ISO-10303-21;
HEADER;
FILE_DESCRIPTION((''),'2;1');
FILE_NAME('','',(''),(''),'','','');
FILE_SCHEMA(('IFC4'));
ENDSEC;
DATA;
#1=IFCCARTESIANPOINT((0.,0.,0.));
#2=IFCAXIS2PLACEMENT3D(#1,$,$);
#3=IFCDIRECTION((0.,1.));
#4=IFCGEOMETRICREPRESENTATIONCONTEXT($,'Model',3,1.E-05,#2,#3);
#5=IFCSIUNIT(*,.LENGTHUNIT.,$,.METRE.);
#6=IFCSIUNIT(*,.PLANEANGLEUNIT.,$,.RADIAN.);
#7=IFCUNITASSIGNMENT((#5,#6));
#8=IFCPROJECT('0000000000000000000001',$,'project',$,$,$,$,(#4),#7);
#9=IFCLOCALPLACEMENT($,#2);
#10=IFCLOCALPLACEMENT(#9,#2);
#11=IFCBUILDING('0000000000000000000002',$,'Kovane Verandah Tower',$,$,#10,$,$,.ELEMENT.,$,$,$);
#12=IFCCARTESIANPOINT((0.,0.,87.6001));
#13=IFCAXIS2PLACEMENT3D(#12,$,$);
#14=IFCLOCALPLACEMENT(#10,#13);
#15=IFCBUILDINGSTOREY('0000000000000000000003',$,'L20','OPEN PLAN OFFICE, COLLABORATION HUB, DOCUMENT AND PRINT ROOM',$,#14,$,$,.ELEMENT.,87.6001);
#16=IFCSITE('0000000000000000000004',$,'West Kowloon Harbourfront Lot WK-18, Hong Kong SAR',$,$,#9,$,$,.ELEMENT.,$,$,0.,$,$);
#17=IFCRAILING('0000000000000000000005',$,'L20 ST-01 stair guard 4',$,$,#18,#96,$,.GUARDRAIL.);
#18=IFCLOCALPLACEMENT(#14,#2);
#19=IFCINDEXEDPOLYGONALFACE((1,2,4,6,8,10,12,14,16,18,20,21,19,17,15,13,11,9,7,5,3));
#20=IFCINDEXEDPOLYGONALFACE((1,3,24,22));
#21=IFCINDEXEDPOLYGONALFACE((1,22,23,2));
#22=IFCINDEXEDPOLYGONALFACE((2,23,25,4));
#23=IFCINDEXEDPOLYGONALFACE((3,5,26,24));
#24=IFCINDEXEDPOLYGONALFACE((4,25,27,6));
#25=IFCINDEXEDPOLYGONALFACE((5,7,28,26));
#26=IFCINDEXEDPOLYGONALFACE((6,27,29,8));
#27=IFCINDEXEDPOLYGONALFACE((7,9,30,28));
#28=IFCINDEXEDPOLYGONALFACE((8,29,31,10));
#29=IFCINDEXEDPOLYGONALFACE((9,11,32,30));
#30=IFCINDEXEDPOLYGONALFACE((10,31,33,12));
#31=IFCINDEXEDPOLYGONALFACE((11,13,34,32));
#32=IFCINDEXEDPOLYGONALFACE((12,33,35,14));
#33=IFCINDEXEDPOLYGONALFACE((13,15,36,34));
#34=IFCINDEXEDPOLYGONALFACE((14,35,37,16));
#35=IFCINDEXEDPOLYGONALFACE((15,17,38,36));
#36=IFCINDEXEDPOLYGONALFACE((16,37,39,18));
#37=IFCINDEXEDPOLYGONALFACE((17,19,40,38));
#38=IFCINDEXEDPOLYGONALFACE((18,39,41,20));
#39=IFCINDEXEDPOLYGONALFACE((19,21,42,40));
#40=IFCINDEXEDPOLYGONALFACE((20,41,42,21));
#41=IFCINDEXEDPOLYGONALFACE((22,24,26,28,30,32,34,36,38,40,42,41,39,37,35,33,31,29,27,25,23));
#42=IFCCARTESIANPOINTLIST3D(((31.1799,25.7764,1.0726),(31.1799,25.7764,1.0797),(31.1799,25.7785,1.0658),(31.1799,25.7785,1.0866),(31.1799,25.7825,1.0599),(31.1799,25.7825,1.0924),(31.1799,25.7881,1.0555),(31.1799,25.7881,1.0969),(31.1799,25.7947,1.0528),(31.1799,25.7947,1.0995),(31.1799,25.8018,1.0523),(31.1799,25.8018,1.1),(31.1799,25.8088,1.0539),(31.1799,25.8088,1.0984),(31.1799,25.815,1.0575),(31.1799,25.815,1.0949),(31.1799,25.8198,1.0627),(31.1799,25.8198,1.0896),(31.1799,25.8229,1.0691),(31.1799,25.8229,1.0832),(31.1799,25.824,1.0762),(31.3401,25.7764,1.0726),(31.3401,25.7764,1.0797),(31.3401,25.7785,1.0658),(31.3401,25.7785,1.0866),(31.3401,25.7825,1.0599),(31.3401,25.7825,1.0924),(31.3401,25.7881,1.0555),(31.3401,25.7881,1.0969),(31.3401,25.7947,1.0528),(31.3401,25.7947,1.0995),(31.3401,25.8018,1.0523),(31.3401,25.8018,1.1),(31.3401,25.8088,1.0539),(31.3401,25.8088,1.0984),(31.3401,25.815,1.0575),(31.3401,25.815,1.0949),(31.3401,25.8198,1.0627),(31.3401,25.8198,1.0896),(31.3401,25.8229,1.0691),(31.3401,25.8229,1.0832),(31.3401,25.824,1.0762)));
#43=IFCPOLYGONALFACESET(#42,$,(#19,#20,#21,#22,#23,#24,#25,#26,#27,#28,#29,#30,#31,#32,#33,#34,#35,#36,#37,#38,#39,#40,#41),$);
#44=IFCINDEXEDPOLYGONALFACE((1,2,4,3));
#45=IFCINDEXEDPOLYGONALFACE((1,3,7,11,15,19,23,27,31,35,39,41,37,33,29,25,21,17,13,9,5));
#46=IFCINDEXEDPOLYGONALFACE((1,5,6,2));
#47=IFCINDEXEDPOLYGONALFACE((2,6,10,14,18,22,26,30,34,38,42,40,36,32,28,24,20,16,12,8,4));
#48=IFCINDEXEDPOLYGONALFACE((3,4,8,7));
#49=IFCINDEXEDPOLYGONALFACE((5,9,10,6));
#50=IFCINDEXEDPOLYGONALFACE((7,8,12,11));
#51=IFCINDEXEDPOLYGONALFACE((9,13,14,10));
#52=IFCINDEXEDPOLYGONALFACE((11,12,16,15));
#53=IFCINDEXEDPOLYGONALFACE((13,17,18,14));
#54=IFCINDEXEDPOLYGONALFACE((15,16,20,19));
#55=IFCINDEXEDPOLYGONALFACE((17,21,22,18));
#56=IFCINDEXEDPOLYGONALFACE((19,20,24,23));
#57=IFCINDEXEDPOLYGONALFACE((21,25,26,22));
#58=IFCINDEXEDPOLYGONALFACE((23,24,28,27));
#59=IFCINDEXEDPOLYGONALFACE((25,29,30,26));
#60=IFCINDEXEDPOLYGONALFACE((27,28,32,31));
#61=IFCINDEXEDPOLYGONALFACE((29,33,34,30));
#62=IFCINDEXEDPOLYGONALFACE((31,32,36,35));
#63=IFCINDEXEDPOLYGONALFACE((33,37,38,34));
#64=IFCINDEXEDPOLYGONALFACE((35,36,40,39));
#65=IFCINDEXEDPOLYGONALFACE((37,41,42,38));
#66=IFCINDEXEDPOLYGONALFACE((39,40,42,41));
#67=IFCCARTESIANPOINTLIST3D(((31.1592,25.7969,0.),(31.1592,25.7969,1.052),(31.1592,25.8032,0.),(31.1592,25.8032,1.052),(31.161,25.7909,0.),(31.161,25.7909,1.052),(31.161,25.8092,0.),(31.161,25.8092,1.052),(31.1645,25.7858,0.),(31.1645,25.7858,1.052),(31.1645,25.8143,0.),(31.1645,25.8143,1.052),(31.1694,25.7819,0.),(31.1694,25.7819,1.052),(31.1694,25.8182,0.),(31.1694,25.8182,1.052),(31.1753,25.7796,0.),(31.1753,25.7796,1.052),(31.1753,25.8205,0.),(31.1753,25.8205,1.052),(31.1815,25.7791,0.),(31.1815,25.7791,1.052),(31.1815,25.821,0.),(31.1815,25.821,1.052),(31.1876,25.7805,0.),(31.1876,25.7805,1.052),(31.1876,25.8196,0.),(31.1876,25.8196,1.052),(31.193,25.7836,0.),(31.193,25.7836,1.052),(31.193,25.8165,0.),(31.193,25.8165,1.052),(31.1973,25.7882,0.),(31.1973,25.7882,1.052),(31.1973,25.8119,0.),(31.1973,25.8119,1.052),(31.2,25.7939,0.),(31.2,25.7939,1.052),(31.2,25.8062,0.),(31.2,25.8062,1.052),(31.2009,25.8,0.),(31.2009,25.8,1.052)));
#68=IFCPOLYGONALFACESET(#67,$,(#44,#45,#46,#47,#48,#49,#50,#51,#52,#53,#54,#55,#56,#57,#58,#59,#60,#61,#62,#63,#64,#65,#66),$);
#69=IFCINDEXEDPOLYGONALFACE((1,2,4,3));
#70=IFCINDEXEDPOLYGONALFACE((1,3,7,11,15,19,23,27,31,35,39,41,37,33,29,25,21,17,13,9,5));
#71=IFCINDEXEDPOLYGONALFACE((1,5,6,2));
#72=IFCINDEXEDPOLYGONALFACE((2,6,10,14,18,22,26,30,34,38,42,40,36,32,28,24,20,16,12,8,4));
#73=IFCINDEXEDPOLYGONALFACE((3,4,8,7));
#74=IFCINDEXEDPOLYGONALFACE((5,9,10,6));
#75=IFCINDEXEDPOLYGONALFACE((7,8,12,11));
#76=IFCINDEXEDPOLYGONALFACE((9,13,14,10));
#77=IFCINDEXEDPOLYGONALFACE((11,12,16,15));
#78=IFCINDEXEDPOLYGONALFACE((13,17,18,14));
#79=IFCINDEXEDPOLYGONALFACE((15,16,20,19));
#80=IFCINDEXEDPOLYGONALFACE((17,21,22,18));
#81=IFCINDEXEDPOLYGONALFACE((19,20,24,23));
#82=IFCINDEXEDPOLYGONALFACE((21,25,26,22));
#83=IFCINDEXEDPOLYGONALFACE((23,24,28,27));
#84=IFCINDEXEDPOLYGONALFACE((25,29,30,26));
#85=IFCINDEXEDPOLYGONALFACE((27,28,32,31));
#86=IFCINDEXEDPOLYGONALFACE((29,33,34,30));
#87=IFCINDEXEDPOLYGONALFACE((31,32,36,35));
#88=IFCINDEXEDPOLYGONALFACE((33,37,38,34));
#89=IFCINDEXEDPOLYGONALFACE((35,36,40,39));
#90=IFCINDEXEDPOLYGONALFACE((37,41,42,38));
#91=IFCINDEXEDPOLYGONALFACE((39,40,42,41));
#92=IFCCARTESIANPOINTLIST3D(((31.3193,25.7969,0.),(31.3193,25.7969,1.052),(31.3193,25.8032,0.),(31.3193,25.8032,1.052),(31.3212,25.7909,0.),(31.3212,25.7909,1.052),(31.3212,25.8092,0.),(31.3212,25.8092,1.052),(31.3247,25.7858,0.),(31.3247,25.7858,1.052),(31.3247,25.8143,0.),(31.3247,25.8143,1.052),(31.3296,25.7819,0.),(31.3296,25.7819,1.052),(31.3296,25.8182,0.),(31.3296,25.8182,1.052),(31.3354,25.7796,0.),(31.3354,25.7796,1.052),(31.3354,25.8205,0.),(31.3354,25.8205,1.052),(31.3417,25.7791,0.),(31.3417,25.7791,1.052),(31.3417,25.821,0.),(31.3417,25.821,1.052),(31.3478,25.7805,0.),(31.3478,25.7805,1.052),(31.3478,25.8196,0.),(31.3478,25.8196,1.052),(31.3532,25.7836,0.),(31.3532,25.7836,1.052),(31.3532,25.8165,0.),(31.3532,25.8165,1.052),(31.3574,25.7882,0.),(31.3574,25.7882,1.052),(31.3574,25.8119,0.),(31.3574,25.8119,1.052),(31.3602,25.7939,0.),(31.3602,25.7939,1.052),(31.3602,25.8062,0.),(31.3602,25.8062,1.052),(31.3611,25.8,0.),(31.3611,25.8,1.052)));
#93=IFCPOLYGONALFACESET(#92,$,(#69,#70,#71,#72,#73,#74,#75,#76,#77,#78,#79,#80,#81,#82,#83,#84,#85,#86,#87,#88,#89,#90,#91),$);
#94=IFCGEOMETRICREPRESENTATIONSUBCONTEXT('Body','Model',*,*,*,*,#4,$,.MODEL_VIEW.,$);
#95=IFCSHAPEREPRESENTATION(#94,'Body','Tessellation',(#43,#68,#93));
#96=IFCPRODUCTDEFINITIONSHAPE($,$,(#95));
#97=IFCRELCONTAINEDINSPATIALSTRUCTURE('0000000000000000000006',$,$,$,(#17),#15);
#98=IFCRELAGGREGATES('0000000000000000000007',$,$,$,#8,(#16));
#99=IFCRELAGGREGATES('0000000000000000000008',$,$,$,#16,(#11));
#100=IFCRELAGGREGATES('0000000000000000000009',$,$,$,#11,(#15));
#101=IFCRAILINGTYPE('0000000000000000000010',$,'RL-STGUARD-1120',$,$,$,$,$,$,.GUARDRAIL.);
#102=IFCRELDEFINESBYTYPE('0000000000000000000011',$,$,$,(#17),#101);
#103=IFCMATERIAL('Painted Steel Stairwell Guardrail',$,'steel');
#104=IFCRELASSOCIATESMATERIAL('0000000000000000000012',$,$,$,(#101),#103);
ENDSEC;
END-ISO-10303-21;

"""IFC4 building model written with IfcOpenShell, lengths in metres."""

from ifc_helpers import new_model, si_unit, direction, frame, origin, origin_2d, place, context, subcontext, project, spatial, circle, extrude, material, type_object, element, save


model = new_model("IFC4")

# Units and contexts
model_context = context("Model", 3, precision=1e-05, world=origin(), true_north=direction((0.0, 1.0)))
body_context = subcontext(model_context, "Body", "Model", "MODEL_VIEW")
ifc_project = project(units=[si_unit("LENGTHUNIT", "METRE"), si_unit("PLANEANGLEUNIT", "RADIAN")], contexts=[model_context])

# Site, building, storey
site_placement = place(None, origin())
site = spatial("IfcSite", under=ifc_project, at=site_placement, Name="West Kowloon Harbourfront Lot WK-18, Hong Kong SAR", CompositionType="ELEMENT", RefElevation=0.0)
building_placement = place(site_placement, origin())
building = spatial("IfcBuilding", under=site, at=building_placement, Name="Kovane Verandah Tower", CompositionType="ELEMENT")
storey_placement = place(building_placement, frame((0.0, 0.0, 87.6001)))
storey = spatial("IfcBuildingStorey", under=building, at=storey_placement, Name="L20", Description="OPEN PLAN OFFICE, COLLABORATION HUB, DOCUMENT AND PRINT ROOM", CompositionType="ELEMENT", Elevation=87.6001)

# Railing
ifc_material_1 = material(Name="Painted Steel Stairwell Guardrail", Category="steel")
railing_type_1 = type_object("IfcRailingType", Name="RL-STGUARD-1120", PredefinedType="GUARDRAIL", material=ifc_material_1)
railing_1_placement = place(storey_placement, frame((31.1799, 25.8, 0.0)))
element("IfcRailing", 1, at=railing_1_placement, inside=storey, type_object=railing_type_1, Name="L20 ST-01 stair guard 4", PredefinedType="GUARDRAIL", context=body_context, shape_type="SweptSolid", body=[
    extrude(circle(Radius=0.0239, at=origin_2d()), frame((0.0, 0.0, 1.0762), z_axis=(1.0, 0.0, 0.0), x_axis=(0.0, 1.0, 0.0)), (0.0, 0.0, 1.0), 0.1602),
    extrude(circle(Radius=0.021, at=origin_2d()), origin(), (0.0, 0.0, 1.0), 1.052),
    extrude(circle(Radius=0.021, at=origin_2d()), frame((0.1602, 0.0, 0.0)), (0.0, 0.0, 1.0), 1.052),
])

save(model, "model.ifc")
